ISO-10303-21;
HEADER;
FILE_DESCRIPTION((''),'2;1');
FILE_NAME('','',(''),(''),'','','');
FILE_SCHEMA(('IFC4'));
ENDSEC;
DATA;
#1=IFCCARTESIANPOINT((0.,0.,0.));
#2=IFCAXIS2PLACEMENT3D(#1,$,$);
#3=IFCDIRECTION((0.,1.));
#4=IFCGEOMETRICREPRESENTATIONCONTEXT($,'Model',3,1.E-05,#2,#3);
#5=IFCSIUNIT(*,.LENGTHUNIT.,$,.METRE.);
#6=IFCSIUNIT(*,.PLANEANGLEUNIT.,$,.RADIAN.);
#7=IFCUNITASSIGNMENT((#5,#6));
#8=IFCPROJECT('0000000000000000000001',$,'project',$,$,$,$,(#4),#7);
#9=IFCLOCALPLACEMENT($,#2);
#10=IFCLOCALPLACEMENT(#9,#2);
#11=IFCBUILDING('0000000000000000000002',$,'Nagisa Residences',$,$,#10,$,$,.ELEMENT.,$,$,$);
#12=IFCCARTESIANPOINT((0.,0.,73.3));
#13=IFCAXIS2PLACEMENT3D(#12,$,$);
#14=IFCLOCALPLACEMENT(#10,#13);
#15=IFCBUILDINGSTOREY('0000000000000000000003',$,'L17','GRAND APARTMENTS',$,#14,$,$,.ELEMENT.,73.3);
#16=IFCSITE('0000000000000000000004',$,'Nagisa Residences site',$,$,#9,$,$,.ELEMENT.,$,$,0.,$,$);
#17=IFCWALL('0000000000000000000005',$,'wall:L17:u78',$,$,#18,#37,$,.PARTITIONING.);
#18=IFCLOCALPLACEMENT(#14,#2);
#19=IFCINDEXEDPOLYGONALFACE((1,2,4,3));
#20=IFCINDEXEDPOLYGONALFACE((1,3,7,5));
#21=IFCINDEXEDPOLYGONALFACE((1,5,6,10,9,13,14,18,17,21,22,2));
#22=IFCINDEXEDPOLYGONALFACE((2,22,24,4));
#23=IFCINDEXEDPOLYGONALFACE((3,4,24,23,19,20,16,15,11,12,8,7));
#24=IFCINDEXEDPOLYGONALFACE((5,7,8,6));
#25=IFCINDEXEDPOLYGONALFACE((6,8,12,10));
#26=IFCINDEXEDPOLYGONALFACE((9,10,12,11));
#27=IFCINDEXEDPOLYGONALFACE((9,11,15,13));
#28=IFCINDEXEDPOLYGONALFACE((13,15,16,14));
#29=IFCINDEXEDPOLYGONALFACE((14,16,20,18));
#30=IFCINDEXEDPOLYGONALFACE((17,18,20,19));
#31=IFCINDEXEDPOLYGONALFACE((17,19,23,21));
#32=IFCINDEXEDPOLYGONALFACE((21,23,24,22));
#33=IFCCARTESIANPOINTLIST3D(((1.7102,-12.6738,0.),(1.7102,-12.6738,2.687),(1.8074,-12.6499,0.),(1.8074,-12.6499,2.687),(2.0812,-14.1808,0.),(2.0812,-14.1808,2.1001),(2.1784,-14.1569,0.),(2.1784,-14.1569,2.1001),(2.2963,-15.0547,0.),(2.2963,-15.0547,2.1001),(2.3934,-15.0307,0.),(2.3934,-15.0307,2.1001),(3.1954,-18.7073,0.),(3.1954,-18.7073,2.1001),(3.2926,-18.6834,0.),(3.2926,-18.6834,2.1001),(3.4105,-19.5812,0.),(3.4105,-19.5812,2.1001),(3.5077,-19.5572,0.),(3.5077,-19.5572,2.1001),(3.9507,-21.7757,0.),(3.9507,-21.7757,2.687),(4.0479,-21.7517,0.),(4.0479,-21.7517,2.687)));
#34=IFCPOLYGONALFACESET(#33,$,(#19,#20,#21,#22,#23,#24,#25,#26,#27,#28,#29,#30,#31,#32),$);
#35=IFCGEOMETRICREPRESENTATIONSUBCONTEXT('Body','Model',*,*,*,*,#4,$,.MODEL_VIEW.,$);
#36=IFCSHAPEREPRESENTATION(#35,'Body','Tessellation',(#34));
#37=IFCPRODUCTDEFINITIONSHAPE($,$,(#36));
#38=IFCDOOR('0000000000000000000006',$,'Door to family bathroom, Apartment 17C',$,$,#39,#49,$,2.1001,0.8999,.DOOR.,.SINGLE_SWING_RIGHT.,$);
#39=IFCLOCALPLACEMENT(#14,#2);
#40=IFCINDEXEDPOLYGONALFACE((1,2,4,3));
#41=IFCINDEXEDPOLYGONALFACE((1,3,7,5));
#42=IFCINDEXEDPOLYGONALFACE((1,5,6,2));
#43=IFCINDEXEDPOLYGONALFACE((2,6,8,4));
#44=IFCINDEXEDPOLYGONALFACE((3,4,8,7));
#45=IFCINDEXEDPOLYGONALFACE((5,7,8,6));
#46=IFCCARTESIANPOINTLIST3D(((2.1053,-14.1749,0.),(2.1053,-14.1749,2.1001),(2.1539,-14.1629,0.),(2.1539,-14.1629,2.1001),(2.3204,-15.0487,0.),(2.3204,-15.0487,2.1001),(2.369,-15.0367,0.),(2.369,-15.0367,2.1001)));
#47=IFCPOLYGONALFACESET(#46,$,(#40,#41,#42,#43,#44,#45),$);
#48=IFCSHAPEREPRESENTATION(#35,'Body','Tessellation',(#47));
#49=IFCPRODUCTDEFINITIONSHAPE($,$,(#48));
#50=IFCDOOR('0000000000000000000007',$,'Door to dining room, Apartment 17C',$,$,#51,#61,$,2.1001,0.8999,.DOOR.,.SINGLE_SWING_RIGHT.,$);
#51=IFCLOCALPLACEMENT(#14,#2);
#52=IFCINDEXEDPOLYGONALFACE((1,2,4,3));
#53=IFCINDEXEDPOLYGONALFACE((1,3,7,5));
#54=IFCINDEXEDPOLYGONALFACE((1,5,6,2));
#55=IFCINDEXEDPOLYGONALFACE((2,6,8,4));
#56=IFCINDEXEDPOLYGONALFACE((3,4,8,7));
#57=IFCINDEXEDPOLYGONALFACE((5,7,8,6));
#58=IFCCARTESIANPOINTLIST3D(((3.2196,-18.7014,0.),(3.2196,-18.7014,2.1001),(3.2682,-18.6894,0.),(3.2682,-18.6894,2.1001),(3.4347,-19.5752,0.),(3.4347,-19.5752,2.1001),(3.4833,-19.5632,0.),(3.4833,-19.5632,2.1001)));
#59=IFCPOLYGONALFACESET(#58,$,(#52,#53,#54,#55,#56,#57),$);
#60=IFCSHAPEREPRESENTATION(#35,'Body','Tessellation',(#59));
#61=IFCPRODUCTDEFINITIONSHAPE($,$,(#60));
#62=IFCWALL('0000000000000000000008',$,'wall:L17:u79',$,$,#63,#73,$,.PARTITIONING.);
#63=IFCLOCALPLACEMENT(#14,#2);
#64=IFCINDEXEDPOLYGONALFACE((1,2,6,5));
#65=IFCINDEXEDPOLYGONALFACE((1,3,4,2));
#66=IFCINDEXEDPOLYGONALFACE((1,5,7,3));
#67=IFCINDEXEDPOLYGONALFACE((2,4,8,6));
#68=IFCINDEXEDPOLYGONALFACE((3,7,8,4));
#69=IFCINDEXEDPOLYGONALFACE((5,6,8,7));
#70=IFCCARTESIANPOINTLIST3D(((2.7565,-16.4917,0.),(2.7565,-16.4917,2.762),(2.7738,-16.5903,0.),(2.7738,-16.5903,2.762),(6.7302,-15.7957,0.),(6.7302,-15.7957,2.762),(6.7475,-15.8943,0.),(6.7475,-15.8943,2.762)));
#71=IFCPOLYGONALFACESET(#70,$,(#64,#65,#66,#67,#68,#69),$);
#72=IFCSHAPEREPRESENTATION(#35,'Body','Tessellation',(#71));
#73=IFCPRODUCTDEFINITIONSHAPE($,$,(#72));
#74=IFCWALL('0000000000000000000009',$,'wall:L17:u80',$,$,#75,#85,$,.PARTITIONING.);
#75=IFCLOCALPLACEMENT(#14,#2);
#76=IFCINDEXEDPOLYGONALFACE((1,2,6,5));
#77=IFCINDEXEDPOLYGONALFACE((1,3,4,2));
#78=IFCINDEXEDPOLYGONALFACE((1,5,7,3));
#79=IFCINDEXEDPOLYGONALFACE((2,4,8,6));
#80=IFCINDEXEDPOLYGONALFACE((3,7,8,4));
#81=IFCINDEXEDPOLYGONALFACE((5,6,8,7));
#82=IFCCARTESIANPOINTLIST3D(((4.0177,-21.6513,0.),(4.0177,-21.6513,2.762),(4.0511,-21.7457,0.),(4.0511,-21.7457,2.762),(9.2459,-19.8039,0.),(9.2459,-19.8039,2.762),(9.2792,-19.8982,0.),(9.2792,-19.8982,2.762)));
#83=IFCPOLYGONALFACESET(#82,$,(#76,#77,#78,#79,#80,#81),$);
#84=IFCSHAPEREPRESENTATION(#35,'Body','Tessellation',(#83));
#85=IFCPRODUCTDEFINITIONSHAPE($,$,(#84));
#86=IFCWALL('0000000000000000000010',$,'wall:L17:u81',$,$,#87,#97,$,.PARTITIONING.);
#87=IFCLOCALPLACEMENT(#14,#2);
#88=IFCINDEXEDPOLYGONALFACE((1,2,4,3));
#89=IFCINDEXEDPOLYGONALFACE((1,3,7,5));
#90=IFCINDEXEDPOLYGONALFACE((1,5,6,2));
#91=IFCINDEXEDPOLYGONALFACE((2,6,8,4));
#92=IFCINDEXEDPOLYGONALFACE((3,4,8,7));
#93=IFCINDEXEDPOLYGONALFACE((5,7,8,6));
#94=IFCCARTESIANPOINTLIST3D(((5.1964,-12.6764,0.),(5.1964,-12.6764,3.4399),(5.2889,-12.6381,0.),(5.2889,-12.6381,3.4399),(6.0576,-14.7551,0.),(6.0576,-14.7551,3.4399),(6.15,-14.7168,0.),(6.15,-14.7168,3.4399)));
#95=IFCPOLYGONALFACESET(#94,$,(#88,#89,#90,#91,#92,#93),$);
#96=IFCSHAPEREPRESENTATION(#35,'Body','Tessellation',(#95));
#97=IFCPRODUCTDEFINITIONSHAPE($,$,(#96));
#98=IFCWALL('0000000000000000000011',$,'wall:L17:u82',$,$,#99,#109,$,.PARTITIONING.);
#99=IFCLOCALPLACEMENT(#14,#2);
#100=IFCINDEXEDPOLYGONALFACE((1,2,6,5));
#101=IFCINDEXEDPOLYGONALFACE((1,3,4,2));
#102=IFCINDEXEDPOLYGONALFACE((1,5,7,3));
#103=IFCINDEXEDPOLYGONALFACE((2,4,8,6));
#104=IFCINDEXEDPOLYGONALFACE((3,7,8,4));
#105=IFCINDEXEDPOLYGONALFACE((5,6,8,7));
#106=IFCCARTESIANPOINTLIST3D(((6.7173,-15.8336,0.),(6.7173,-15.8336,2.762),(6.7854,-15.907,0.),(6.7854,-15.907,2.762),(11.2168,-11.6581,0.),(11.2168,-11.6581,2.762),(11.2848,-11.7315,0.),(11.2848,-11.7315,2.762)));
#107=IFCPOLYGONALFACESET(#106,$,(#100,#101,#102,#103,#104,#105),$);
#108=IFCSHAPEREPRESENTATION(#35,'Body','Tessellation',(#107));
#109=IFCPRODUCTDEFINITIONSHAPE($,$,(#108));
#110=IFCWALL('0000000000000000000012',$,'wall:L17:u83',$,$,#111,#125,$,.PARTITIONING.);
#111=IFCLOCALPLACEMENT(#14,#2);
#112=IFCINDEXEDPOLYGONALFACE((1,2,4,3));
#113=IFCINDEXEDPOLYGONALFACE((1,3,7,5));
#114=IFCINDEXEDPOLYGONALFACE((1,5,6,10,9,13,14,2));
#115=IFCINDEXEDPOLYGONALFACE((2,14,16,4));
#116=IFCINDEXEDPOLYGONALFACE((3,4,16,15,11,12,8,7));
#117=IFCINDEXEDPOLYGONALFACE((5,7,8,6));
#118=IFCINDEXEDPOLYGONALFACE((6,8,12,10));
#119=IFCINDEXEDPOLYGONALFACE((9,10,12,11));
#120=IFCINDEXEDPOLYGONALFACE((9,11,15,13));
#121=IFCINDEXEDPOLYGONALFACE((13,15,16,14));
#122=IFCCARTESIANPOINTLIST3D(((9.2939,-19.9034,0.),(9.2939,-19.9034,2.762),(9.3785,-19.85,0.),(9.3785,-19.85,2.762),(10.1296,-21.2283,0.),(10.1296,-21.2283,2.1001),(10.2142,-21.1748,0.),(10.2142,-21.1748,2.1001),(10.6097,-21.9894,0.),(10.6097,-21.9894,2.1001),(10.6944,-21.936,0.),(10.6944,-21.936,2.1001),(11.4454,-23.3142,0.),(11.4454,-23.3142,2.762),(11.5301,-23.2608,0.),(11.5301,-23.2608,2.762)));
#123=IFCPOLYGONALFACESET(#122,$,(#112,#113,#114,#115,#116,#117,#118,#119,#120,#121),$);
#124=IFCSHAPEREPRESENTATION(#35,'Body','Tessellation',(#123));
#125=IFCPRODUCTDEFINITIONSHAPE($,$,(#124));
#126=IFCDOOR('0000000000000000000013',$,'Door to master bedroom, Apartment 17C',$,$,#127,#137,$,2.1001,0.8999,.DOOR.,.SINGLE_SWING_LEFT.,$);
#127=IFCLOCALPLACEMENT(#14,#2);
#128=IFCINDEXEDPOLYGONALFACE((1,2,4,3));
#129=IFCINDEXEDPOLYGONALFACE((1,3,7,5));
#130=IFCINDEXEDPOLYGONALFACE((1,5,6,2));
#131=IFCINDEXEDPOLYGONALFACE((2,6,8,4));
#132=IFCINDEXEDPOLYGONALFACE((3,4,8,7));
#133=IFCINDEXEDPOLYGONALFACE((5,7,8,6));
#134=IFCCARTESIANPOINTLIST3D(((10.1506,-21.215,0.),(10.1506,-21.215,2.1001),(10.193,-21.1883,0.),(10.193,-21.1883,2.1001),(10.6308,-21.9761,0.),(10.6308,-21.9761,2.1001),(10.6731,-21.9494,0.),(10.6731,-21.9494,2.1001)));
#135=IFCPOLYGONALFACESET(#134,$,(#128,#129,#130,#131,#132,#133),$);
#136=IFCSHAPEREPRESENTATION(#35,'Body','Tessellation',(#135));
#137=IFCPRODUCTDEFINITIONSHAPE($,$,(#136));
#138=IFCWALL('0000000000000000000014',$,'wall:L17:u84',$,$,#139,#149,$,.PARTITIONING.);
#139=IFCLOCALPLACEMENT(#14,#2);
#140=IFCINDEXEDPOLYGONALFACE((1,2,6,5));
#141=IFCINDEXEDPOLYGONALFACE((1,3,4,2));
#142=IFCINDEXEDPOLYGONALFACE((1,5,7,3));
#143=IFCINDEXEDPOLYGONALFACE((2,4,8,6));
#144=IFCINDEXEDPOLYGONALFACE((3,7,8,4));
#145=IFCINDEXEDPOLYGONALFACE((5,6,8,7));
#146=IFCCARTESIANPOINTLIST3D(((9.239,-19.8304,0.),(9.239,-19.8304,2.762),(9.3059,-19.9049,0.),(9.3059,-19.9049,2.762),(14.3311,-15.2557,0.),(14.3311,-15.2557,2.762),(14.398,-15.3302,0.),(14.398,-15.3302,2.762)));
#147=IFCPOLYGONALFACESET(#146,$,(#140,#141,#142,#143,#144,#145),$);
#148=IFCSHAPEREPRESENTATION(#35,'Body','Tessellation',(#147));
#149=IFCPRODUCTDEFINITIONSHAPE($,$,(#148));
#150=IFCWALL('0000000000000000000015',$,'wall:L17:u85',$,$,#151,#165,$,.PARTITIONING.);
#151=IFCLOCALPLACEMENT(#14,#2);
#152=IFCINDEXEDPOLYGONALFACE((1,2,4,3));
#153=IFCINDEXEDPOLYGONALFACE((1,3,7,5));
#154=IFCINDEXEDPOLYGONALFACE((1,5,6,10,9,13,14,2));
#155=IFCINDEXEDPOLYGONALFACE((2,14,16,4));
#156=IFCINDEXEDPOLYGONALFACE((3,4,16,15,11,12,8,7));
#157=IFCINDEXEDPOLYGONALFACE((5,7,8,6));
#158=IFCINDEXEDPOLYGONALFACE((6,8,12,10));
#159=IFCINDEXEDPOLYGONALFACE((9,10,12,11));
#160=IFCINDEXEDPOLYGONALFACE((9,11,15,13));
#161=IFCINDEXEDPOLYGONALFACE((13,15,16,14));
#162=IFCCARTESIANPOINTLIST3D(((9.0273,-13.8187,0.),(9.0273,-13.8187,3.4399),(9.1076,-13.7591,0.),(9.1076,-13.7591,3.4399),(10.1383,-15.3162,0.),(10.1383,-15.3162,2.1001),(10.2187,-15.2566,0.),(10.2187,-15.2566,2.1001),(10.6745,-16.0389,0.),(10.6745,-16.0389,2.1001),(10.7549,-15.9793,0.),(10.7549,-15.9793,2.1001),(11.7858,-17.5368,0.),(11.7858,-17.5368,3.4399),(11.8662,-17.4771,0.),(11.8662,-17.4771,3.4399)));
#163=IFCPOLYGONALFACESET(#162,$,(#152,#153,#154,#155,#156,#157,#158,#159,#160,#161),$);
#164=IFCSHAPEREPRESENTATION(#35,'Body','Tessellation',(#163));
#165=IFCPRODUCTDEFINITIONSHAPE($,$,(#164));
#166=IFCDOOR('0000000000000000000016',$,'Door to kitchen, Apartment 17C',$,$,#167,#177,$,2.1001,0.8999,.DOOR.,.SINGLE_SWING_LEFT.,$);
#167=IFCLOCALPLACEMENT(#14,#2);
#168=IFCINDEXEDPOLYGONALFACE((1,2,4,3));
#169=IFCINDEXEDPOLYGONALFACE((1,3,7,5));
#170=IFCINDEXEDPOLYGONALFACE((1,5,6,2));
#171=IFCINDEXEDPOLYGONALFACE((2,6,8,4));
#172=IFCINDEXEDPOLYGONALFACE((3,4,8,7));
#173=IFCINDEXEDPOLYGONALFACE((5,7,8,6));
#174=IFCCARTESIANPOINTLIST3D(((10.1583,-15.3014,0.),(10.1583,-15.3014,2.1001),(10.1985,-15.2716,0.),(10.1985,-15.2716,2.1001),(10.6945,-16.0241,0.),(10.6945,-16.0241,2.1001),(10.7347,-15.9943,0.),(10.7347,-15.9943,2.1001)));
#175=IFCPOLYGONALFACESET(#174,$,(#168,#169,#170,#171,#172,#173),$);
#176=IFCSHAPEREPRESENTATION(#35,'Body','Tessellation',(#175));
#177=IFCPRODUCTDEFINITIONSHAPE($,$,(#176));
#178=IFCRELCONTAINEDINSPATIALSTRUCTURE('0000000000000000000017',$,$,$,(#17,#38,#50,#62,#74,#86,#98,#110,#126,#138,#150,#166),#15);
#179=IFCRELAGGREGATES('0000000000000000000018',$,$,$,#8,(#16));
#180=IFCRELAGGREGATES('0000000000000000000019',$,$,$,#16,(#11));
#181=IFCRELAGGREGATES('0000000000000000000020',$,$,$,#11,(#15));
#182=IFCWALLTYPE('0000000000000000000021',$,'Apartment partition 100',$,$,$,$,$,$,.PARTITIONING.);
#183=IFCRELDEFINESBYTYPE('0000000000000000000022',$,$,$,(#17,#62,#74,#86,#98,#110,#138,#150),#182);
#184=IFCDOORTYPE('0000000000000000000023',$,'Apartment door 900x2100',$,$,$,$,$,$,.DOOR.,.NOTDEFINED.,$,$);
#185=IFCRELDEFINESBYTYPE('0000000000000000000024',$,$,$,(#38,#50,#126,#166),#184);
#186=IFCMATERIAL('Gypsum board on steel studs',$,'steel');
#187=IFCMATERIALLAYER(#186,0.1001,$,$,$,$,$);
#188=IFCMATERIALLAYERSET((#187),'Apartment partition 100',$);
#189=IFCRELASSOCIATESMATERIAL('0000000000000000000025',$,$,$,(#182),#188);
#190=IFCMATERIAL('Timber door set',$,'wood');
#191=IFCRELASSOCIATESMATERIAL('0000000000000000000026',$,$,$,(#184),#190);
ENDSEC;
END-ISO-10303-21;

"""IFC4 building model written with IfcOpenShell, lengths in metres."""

from ifc_helpers import new_model, si_unit, direction, frame, frame_2d, origin, place, context, subcontext, project, spatial, rectangle, extrude, material, layer, layer_set, type_object, element, fill, save


model = new_model("IFC4")

# Units and contexts
model_context = context("Model", 3, precision=1e-05, world=origin(), true_north=direction((0.0, 1.0)))
body_context = subcontext(model_context, "Body", "Model", "MODEL_VIEW")
ifc_project = project(units=[si_unit("LENGTHUNIT", "METRE"), si_unit("PLANEANGLEUNIT", "RADIAN")], contexts=[model_context])

# Site, building, storey
site_placement = place(None, origin())
site = spatial("IfcSite", under=ifc_project, at=site_placement, Name="Nagisa Residences site", CompositionType="ELEMENT", RefElevation=0.0)
building_placement = place(site_placement, origin())
building = spatial("IfcBuilding", under=site, at=building_placement, Name="Nagisa Residences", CompositionType="ELEMENT")
storey_placement = place(building_placement, frame((0.0, 0.0, 73.3)))
storey = spatial("IfcBuildingStorey", under=building, at=storey_placement, Name="L17", Description="GRAND APARTMENTS", CompositionType="ELEMENT", Elevation=73.3)

# Wall, openings, doors
ifc_material_1 = material(Name="Gypsum board on steel studs", Category="steel")
ifc_layer_1 = layer(ifc_material_1, 0.1001)
ifc_layer_set_1 = layer_set([ifc_layer_1], Name="Apartment partition 100")
wall_type_1 = type_object("IfcWallType", Name="Apartment partition 100", PredefinedType="PARTITIONING", material=ifc_layer_set_1)
wall_1_placement = place(storey_placement, frame((1.7588, -12.6619, 0.0), z_axis=(0.0, 0.0, 1.0), x_axis=(0.239022, -0.971014, 0.0)))
wall_1 = element("IfcWall", 1, at=wall_1_placement, inside=storey, type_object=wall_type_1, Name="wall:L17:u78", PredefinedType="PARTITIONING", context=body_context, shape_type="SweptSolid", body=[
    extrude(rectangle(XDim=9.3735, YDim=0.1001, at=frame_2d((4.6868, 0.0))), origin(), (0.0, 0.0, 1.0), 2.687),
])
opening_1_placement = place(wall_1_placement, frame((1.552, 0.0, 0.0)))
opening_1 = element("IfcOpeningElement", 2, at=opening_1_placement, cuts=wall_1, PredefinedType="OPENING", context=body_context, shape_type="SweptSolid", body=[
    extrude(rectangle(XDim=0.8999, YDim=2.1001, at=frame_2d((0.45, 1.05))), frame((0.0, 0.0601, 0.0), z_axis=(0.0, -1.0, 0.0), x_axis=(1.0, 0.0, 0.0)), (0.0, 0.0, 1.0), 0.1201),
])
opening_2_placement = place(wall_1_placement, frame((6.2136, 0.0, 0.0)))
opening_2 = element("IfcOpeningElement", 3, at=opening_2_placement, cuts=wall_1, PredefinedType="OPENING", context=body_context, shape_type="SweptSolid", body=[
    extrude(rectangle(XDim=0.8999, YDim=2.1001, at=frame_2d((0.45, 1.05))), frame((0.0, 0.0601, 0.0), z_axis=(0.0, -1.0, 0.0), x_axis=(1.0, 0.0, 0.0)), (0.0, 0.0, 1.0), 0.1201),
])
ifc_material_2 = material(Name="Timber door set", Category="wood")
door_type_1 = type_object("IfcDoorType", Name="Apartment door 900x2100", OperationType="NOTDEFINED", PredefinedType="DOOR", material=ifc_material_2)
door_1_placement = place(opening_1_placement, origin())
door_1 = element("IfcDoor", 4, at=door_1_placement, inside=storey, type_object=door_type_1, Name="Door to family bathroom, Apartment 17C", OperationType="SINGLE_SWING_RIGHT", OverallHeight=2.1001, OverallWidth=0.8999, PredefinedType="DOOR", context=body_context, shape_type="SweptSolid", body=[
    extrude(rectangle(XDim=0.8999, YDim=2.1001, at=frame_2d((0.45, 1.05))), frame((0.0, 0.0249, 0.0), z_axis=(0.0, -1.0, 0.0), x_axis=(1.0, 0.0, 0.0)), (0.0, 0.0, 1.0), 0.05),
])
fill(opening_1, door_1)
door_2_placement = place(opening_2_placement, origin())
door_2 = element("IfcDoor", 5, at=door_2_placement, inside=storey, type_object=door_type_1, Name="Door to dining room, Apartment 17C", OperationType="SINGLE_SWING_RIGHT", OverallHeight=2.1001, OverallWidth=0.8999, PredefinedType="DOOR", context=body_context, shape_type="SweptSolid", body=[
    extrude(rectangle(XDim=0.8999, YDim=2.1001, at=frame_2d((0.45, 1.05))), frame((0.0, 0.0249, 0.0), z_axis=(0.0, -1.0, 0.0), x_axis=(1.0, 0.0, 0.0)), (0.0, 0.0, 1.0), 0.05),
])
fill(opening_2, door_2)

# Walls
wall_2_placement = place(storey_placement, frame((2.7651, -16.541, 0.0), z_axis=(0.0, 0.0, 1.0), x_axis=(0.985003, 0.172539, 0.0)))
element("IfcWall", 6, at=wall_2_placement, inside=storey, type_object=wall_type_1, Name="wall:L17:u79", PredefinedType="PARTITIONING", context=body_context, shape_type="SweptSolid", body=[
    extrude(rectangle(XDim=4.0342, YDim=0.1001, at=frame_2d((2.0171, 0.0))), origin(), (0.0, 0.0, 1.0), 2.762),
])
wall_3_placement = place(storey_placement, frame((4.0344, -21.6985, 0.0), z_axis=(0.0, 0.0, 1.0), x_axis=(0.942864, 0.333177, 0.0)))
element("IfcWall", 7, at=wall_3_placement, inside=storey, type_object=wall_type_1, Name="wall:L17:u80", PredefinedType="PARTITIONING", context=body_context, shape_type="SweptSolid", body=[
    extrude(rectangle(XDim=5.5449, YDim=0.1001, at=frame_2d((2.7725, 0.0))), origin(), (0.0, 0.0, 1.0), 2.762),
])
wall_4_placement = place(storey_placement, frame((5.2427, -12.6572, 0.0), z_axis=(0.0, 0.0, 1.0), x_axis=(0.382719, -0.923865, 0.0)))
element("IfcWall", 8, at=wall_4_placement, inside=storey, type_object=wall_type_1, Name="wall:L17:u81", PredefinedType="PARTITIONING", context=body_context, shape_type="SweptSolid", body=[
    extrude(rectangle(XDim=2.25, YDim=0.1001, at=frame_2d((1.125, 0.0))), origin(), (0.0, 0.0, 1.0), 3.4399),
])
wall_5_placement = place(storey_placement, frame((6.7512, -15.8704, 0.0), z_axis=(0.0, 0.0, 1.0), x_axis=(0.733003, 0.680225, 0.0)))
element("IfcWall", 9, at=wall_5_placement, inside=storey, type_object=wall_type_1, Name="wall:L17:u82", PredefinedType="PARTITIONING", context=body_context, shape_type="SweptSolid", body=[
    extrude(rectangle(XDim=6.1384, YDim=0.1001, at=frame_2d((3.0693, 0.0))), origin(), (0.0, 0.0, 1.0), 2.762),
])

# Wall, opening, door
wall_6_placement = place(storey_placement, frame((9.3362, -19.8767, 0.0), z_axis=(0.0, 0.0, 1.0), x_axis=(0.533526, -0.845784, 0.0)))
wall_6 = element("IfcWall", 10, at=wall_6_placement, inside=storey, type_object=wall_type_1, Name="wall:L17:u83", PredefinedType="PARTITIONING", context=body_context, shape_type="SweptSolid", body=[
    extrude(rectangle(XDim=4.0327, YDim=0.1001, at=frame_2d((2.0164, 0.0))), origin(), (0.0, 0.0, 1.0), 2.762),
])
opening_3_placement = place(wall_6_placement, frame((1.5664, 0.0, 0.0)))
opening_3 = element("IfcOpeningElement", 11, at=opening_3_placement, cuts=wall_6, PredefinedType="OPENING", context=body_context, shape_type="SweptSolid", body=[
    extrude(rectangle(XDim=0.8999, YDim=2.1001, at=frame_2d((0.45, 1.05))), frame((0.0, 0.0601, 0.0), z_axis=(0.0, -1.0, 0.0), x_axis=(1.0, 0.0, 0.0)), (0.0, 0.0, 1.0), 0.1201),
])
door_3_placement = place(opening_3_placement, origin())
door_3 = element("IfcDoor", 12, at=door_3_placement, inside=storey, type_object=door_type_1, Name="Door to master bedroom, Apartment 17C", OperationType="SINGLE_SWING_LEFT", OverallHeight=2.1001, OverallWidth=0.8999, PredefinedType="DOOR", context=body_context, shape_type="SweptSolid", body=[
    extrude(rectangle(XDim=0.8999, YDim=2.1001, at=frame_2d((0.45, 1.05))), frame((0.0, 0.0249, 0.0), z_axis=(0.0, -1.0, 0.0), x_axis=(1.0, 0.0, 0.0)), (0.0, 0.0, 1.0), 0.05),
])
fill(opening_3, door_3)

# Wall
wall_7_placement = place(storey_placement, frame((9.2725, -19.8677, 0.0), z_axis=(0.0, 0.0, 1.0), x_axis=(0.743884, 0.668308, 0.0)))
element("IfcWall", 13, at=wall_7_placement, inside=storey, type_object=wall_type_1, Name="wall:L17:u84", PredefinedType="PARTITIONING", context=body_context, shape_type="SweptSolid", body=[
    extrude(rectangle(XDim=6.8452, YDim=0.1001, at=frame_2d((3.4226, 0.0))), origin(), (0.0, 0.0, 1.0), 2.762),
])

# Wall, opening, door
wall_8_placement = place(storey_placement, frame((9.0674, -13.7888, 0.0), z_axis=(0.0, 0.0, 1.0), x_axis=(0.595849, -0.803096, 0.0)))
wall_8 = element("IfcWall", 14, at=wall_8_placement, inside=storey, type_object=wall_type_1, Name="wall:L17:u85", PredefinedType="PARTITIONING", context=body_context, shape_type="SweptSolid", body=[
    extrude(rectangle(XDim=4.6296, YDim=0.1001, at=frame_2d((2.3149, 0.0))), origin(), (0.0, 0.0, 1.0), 3.4399),
])
opening_4_placement = place(wall_8_placement, frame((1.8647, 0.0, 0.0)))
opening_4 = element("IfcOpeningElement", 15, at=opening_4_placement, cuts=wall_8, PredefinedType="OPENING", context=body_context, shape_type="SweptSolid", body=[
    extrude(rectangle(XDim=0.8999, YDim=2.1001, at=frame_2d((0.45, 1.05))), frame((0.0, 0.0601, 0.0), z_axis=(0.0, -1.0, 0.0), x_axis=(1.0, 0.0, 0.0)), (0.0, 0.0, 1.0), 0.1201),
])
door_4_placement = place(opening_4_placement, origin())
door_4 = element("IfcDoor", 16, at=door_4_placement, inside=storey, type_object=door_type_1, Name="Door to kitchen, Apartment 17C", OperationType="SINGLE_SWING_LEFT", OverallHeight=2.1001, OverallWidth=0.8999, PredefinedType="DOOR", context=body_context, shape_type="SweptSolid", body=[
    extrude(rectangle(XDim=0.8999, YDim=2.1001, at=frame_2d((0.45, 1.05))), frame((0.0, 0.0249, 0.0), z_axis=(0.0, -1.0, 0.0), x_axis=(1.0, 0.0, 0.0)), (0.0, 0.0, 1.0), 0.05),
])
fill(opening_4, door_4)

save(model, "model.ifc")
